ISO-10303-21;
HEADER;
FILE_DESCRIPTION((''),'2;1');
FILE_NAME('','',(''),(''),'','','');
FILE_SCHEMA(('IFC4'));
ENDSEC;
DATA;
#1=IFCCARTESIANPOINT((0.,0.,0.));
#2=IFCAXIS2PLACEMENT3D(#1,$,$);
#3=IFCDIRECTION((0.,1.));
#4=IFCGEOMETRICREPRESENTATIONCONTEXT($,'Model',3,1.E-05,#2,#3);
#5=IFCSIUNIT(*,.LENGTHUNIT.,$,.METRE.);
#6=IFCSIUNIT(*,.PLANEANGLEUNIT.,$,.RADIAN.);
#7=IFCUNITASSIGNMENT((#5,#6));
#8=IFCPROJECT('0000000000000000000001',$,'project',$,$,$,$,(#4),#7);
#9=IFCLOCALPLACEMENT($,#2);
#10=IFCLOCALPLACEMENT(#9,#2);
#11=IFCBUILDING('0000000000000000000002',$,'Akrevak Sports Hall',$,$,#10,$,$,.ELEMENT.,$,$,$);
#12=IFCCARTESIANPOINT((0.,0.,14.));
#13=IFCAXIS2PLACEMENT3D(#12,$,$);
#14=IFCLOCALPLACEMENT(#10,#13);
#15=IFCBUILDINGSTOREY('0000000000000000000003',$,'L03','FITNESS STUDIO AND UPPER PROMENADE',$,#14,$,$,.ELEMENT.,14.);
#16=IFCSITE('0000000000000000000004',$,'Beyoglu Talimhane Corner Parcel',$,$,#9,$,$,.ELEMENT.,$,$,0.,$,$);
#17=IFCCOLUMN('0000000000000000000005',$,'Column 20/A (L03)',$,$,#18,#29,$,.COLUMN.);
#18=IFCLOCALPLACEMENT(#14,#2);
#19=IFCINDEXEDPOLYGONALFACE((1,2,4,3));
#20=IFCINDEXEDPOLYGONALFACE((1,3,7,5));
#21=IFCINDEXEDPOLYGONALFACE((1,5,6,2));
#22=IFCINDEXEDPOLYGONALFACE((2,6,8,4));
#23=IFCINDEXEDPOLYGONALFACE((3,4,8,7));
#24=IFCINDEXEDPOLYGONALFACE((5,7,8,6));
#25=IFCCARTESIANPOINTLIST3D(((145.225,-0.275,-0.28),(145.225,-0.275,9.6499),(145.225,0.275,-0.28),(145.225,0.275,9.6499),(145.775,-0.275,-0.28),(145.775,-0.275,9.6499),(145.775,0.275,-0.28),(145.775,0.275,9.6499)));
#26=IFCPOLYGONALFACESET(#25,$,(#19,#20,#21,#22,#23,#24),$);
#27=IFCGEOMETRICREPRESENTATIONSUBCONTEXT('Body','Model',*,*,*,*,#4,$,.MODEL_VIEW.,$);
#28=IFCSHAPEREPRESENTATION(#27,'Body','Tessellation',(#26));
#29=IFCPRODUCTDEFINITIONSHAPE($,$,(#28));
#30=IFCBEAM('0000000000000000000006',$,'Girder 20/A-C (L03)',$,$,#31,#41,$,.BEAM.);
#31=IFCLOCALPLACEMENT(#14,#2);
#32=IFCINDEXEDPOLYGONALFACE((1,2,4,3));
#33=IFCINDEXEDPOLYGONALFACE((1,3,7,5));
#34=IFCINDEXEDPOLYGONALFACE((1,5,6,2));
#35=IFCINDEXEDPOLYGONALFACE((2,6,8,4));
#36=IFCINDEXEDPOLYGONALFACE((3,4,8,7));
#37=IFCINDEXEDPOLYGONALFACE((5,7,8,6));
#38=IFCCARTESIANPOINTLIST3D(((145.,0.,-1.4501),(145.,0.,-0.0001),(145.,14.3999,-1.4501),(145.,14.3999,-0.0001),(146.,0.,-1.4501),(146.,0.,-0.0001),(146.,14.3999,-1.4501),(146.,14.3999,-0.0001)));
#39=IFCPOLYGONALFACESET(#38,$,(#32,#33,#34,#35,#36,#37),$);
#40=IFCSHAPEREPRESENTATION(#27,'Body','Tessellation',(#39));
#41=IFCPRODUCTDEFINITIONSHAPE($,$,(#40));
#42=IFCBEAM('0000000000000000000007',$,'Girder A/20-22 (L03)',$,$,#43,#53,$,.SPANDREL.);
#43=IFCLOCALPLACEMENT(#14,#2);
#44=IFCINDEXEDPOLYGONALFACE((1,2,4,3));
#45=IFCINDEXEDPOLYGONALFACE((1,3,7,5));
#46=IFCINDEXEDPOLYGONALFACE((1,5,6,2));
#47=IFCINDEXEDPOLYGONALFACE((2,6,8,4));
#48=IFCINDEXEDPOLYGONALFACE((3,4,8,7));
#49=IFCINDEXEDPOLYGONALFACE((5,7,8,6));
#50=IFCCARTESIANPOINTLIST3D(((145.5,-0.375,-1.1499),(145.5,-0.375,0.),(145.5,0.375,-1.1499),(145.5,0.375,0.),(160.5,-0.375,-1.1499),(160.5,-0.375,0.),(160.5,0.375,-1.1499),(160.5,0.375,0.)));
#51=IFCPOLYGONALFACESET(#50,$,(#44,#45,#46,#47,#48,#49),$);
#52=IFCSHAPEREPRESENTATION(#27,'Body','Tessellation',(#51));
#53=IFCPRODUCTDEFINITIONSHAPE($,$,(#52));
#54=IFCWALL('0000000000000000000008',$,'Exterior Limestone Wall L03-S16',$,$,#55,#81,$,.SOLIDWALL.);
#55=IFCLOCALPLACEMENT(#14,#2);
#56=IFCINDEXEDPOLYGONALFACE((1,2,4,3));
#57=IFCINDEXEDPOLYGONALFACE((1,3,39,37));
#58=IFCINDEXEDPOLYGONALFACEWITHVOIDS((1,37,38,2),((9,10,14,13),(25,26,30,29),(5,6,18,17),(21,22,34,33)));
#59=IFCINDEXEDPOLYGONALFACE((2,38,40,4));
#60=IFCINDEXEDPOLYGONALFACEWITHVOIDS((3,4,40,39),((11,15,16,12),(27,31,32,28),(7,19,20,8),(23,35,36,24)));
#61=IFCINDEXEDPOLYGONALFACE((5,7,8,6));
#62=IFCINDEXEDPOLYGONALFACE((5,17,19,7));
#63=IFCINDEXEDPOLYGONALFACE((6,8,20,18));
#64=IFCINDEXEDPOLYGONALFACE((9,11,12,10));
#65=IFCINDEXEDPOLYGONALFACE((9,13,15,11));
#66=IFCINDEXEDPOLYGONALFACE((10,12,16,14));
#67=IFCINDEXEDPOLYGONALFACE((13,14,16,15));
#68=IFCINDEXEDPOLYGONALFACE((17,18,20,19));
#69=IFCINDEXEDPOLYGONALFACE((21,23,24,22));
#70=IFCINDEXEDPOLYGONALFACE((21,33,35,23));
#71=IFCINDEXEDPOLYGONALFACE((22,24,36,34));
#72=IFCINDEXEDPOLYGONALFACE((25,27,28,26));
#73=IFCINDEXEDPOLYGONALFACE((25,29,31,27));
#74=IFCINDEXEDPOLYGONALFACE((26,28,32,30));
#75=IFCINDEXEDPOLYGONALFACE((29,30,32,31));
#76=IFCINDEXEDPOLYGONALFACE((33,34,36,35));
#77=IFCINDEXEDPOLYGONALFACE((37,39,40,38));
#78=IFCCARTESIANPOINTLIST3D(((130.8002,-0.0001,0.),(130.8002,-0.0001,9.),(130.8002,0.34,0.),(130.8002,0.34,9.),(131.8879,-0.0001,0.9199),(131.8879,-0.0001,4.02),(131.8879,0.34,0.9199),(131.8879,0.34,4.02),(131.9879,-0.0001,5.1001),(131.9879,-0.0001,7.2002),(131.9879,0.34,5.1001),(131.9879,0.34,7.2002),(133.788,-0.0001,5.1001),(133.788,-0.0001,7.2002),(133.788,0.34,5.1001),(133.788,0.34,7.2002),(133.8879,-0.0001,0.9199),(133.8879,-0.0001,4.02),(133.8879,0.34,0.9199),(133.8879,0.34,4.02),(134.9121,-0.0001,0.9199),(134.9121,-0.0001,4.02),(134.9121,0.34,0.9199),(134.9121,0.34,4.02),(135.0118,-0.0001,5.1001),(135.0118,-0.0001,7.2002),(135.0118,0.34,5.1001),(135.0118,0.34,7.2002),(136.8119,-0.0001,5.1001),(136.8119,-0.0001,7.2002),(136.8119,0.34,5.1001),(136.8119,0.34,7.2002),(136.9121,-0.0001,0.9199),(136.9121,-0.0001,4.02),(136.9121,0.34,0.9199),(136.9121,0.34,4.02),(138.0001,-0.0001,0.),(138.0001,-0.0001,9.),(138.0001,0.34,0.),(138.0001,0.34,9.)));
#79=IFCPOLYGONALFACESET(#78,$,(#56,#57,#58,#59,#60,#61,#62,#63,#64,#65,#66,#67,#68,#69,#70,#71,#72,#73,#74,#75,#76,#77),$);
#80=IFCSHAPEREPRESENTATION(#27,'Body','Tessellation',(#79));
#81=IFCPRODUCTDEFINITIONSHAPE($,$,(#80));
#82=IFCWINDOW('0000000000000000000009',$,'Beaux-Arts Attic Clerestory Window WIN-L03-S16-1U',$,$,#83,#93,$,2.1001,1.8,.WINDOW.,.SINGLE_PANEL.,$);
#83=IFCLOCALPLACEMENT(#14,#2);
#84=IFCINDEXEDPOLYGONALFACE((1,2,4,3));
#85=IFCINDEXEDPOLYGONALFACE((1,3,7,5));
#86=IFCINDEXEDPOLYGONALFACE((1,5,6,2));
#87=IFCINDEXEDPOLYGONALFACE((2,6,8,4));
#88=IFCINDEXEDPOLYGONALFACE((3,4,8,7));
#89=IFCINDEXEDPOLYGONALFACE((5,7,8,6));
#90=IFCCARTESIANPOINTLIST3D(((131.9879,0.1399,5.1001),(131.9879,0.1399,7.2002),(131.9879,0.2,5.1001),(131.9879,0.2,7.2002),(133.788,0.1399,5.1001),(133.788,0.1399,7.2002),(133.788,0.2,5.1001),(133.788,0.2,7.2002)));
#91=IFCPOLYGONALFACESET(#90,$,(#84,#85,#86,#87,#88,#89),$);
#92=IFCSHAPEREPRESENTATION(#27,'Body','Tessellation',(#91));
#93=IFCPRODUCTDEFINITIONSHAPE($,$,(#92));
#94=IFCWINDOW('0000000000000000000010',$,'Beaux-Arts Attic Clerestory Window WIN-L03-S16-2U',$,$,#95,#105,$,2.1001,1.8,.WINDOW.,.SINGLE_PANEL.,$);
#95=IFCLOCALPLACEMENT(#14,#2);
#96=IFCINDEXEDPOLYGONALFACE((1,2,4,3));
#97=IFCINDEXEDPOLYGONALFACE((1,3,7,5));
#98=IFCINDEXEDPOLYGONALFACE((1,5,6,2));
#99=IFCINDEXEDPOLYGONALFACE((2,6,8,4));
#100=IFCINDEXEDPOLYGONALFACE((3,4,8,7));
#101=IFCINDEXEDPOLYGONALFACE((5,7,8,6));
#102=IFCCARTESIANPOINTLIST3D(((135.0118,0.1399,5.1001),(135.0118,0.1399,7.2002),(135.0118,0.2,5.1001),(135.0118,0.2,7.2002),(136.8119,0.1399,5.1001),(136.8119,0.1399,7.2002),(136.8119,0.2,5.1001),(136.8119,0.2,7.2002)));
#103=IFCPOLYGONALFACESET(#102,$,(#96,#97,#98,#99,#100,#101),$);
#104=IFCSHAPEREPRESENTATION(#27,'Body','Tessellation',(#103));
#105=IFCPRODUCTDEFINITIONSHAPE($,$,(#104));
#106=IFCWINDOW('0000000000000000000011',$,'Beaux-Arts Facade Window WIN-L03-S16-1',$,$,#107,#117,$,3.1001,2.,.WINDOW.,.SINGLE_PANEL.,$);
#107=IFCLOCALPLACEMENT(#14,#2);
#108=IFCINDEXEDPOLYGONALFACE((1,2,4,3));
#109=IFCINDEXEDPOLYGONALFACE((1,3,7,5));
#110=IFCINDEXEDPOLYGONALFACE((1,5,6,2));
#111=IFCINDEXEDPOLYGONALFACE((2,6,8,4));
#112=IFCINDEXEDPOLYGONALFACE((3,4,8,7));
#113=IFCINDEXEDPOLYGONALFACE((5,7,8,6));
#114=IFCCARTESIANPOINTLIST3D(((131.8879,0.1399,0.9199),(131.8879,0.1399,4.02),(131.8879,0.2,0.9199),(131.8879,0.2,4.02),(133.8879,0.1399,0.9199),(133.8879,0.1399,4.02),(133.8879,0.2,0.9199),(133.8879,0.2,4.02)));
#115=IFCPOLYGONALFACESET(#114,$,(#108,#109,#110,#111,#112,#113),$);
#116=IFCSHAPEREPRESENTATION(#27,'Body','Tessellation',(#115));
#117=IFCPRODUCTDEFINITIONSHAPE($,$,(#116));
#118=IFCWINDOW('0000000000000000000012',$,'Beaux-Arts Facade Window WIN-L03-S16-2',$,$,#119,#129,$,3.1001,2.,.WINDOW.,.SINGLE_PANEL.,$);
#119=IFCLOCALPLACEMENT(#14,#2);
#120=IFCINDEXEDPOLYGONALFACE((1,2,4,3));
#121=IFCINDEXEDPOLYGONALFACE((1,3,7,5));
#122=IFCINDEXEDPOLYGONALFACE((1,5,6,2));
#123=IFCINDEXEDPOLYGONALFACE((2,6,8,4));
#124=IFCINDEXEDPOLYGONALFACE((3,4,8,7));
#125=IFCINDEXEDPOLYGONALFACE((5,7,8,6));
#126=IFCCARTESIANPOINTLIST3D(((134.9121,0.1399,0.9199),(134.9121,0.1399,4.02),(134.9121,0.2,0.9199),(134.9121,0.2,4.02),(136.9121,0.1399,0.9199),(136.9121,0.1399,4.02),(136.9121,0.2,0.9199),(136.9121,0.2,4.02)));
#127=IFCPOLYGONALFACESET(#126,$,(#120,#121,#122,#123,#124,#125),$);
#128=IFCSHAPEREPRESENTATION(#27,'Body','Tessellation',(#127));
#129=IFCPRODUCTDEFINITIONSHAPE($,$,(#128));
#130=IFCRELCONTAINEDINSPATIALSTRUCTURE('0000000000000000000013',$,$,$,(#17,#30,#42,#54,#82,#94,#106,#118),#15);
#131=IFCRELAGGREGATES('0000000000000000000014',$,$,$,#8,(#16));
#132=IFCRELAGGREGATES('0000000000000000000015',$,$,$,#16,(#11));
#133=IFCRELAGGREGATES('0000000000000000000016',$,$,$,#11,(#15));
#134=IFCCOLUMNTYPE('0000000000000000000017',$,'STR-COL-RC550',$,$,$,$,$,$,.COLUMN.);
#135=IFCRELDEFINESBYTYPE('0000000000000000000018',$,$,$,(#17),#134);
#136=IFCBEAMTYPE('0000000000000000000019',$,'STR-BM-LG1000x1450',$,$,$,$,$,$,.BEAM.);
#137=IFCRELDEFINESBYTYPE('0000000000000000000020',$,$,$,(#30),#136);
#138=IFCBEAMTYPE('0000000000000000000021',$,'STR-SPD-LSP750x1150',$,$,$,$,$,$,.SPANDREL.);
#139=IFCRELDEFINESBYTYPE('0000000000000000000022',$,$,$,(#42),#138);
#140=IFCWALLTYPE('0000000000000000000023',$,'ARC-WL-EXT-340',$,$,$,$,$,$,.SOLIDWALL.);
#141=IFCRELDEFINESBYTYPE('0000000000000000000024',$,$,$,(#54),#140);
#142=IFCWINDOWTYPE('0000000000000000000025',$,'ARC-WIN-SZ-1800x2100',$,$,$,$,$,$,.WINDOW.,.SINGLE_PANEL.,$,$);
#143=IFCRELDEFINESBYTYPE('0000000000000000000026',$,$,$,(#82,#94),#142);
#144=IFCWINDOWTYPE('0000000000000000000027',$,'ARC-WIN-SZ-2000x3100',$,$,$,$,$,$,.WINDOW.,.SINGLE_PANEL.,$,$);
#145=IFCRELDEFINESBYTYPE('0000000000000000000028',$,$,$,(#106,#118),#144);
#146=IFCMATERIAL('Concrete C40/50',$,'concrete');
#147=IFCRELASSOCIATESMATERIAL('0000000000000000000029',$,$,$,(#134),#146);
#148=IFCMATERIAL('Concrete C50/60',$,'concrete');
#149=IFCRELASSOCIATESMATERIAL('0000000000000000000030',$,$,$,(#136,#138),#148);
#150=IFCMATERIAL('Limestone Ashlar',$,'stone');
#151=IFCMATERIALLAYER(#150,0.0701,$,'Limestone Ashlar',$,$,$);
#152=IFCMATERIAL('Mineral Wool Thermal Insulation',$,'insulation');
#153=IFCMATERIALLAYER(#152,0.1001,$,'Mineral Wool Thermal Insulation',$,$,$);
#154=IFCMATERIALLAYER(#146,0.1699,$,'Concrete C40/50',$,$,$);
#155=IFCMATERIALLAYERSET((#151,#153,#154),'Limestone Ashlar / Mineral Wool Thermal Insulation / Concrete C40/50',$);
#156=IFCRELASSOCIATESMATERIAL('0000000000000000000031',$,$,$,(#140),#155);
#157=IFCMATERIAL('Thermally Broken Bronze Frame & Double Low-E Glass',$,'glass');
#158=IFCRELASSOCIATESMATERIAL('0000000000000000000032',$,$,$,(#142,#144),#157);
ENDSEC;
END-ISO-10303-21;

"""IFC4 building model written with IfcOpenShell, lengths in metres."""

from ifc_helpers import new_model, si_unit, direction, frame, frame_2d, origin, origin_2d, place, context, subcontext, project, spatial, rectangle, extrude, material, layer, layer_set, material_profile, profile_set, type_object, element, fill, save


model = new_model("IFC4")

# Units and contexts
model_context = context("Model", 3, precision=1e-05, world=origin(), true_north=direction((0.0, 1.0)))
body_context = subcontext(model_context, "Body", "Model", "MODEL_VIEW")
ifc_project = project(units=[si_unit("LENGTHUNIT", "METRE"), si_unit("PLANEANGLEUNIT", "RADIAN")], contexts=[model_context])

# Site, building, storey
site_placement = place(None, origin())
site = spatial("IfcSite", under=ifc_project, at=site_placement, Name="Beyoglu Talimhane Corner Parcel", CompositionType="ELEMENT", RefElevation=0.0)
building_placement = place(site_placement, origin())
building = spatial("IfcBuilding", under=site, at=building_placement, Name="Akrevak Sports Hall", CompositionType="ELEMENT")
storey_placement = place(building_placement, frame((0.0, 0.0, 14.0)))
storey = spatial("IfcBuildingStorey", under=building, at=storey_placement, Name="L03", Description="FITNESS STUDIO AND UPPER PROMENADE", CompositionType="ELEMENT", Elevation=14.0)

# Column
ifc_material_1 = material(Name="Concrete C40/50", Category="concrete")
ifc_material_profile_1 = material_profile(ifc_material_1, rectangle(XDim=0.55, YDim=0.55, at=origin_2d()), Name="RC 550x550", Category="concrete")
ifc_profile_set_1 = profile_set([ifc_material_profile_1], Name="Concrete C40/50")
column_type = type_object("IfcColumnType", Name="STR-COL-RC550", PredefinedType="COLUMN", material=ifc_profile_set_1)
column_placement = place(storey_placement, frame((145.5, 0.0, -0.28), z_axis=(0.0, 0.0, 1.0), x_axis=(1.0, 0.0, 0.0)))
element("IfcColumn", 1, at=column_placement, inside=storey, type_object=column_type, Name="Column 20/A (L03)", PredefinedType="COLUMN", context=body_context, shape_type="SweptSolid", body=[
    extrude(rectangle(XDim=0.55, YDim=0.55, at=origin_2d()), origin(), (0.0, 0.0, 1.0), 9.9299),
])

# Beams
ifc_material_2 = material(Name="Concrete C50/60", Category="concrete")
ifc_material_profile_2 = material_profile(ifc_material_2, rectangle(XDim=1.0, YDim=1.45, at=origin_2d()), Name="BM 1000x1450", Category="concrete")
ifc_profile_set_2 = profile_set([ifc_material_profile_2], Name="Concrete C50/60")
beam_type_1 = type_object("IfcBeamType", Name="STR-BM-LG1000x1450", PredefinedType="BEAM", material=ifc_profile_set_2)
beam_1_placement = place(storey_placement, frame((145.5, 0.0, -0.7251), z_axis=(0.0, 1.0, 0.0), x_axis=(-1.0, 0.0, 0.0)))
element("IfcBeam", 2, at=beam_1_placement, inside=storey, type_object=beam_type_1, Name="Girder 20/A-C (L03)", PredefinedType="BEAM", context=body_context, shape_type="SweptSolid", body=[
    extrude(rectangle(XDim=1.0, YDim=1.45, at=origin_2d()), origin(), (0.0, 0.0, 1.0), 14.3999),
])
ifc_material_profile_3 = material_profile(ifc_material_2, rectangle(XDim=0.75, YDim=1.1499, at=origin_2d()), Name="SPD 750x1150", Category="concrete")
ifc_profile_set_3 = profile_set([ifc_material_profile_3], Name="Concrete C50/60")
beam_type_2 = type_object("IfcBeamType", Name="STR-SPD-LSP750x1150", PredefinedType="SPANDREL", material=ifc_profile_set_3)
beam_2_placement = place(storey_placement, frame((145.5, 0.0, -0.575), z_axis=(1.0, 0.0, 0.0), x_axis=(0.0, 1.0, 0.0)))
element("IfcBeam", 3, at=beam_2_placement, inside=storey, type_object=beam_type_2, Name="Girder A/20-22 (L03)", PredefinedType="SPANDREL", context=body_context, shape_type="SweptSolid", body=[
    extrude(rectangle(XDim=0.75, YDim=1.1499, at=origin_2d()), origin(), (0.0, 0.0, 1.0), 15.0),
])

# Wall, openings, windows
ifc_material_3 = material(Name="Limestone Ashlar", Category="stone")
ifc_layer_1 = layer(ifc_material_3, 0.0701, Name="Limestone Ashlar")
ifc_material_4 = material(Name="Mineral Wool Thermal Insulation", Category="insulation")
ifc_layer_2 = layer(ifc_material_4, 0.1001, Name="Mineral Wool Thermal Insulation")
ifc_layer_3 = layer(ifc_material_1, 0.1699, Name="Concrete C40/50")
ifc_layer_set_1 = layer_set([ifc_layer_1, ifc_layer_2, ifc_layer_3], Name="Limestone Ashlar / Mineral Wool Thermal Insulation / Concrete C40/50")
wall_type_1 = type_object("IfcWallType", Name="ARC-WL-EXT-340", PredefinedType="SOLIDWALL", material=ifc_layer_set_1)
wall_1_placement = place(storey_placement, frame((130.8, 0.1699, 0.0), z_axis=(0.0, 0.0, 1.0), x_axis=(1.0, 0.0, 0.0)))
wall_1 = element("IfcWall", 4, at=wall_1_placement, inside=storey, type_object=wall_type_1, Name="Exterior Limestone Wall L03-S16", PredefinedType="SOLIDWALL", context=body_context, shape_type="SweptSolid", body=[
    extrude(rectangle(XDim=7.2, YDim=0.3401, at=frame_2d((3.6001, 0.0))), origin(), (0.0, 0.0, 1.0), 9.0),
])
opening_1_placement = place(wall_1_placement, frame((1.0879, 0.0, 0.9199)))
opening_1 = element("IfcOpeningElement", 5, at=opening_1_placement, cuts=wall_1, PredefinedType="OPENING", context=body_context, shape_type="SweptSolid", body=[
    extrude(rectangle(XDim=2.0, YDim=3.1001, at=frame_2d((1.0, 1.55))), frame((0.0, 0.1821, 0.0), z_axis=(0.0, -1.0, 0.0), x_axis=(1.0, 0.0, 0.0)), (0.0, 0.0, 1.0), 0.364),
])
opening_2_placement = place(wall_1_placement, frame((1.188, 0.0, 5.1001)))
opening_2 = element("IfcOpeningElement", 6, at=opening_2_placement, cuts=wall_1, PredefinedType="OPENING", context=body_context, shape_type="SweptSolid", body=[
    extrude(rectangle(XDim=1.8, YDim=2.1001, at=frame_2d((0.8999, 1.05))), frame((0.0, 0.1821, 0.0), z_axis=(0.0, -1.0, 0.0), x_axis=(1.0, 0.0, 0.0)), (0.0, 0.0, 1.0), 0.364),
])
opening_3_placement = place(wall_1_placement, frame((4.1121, 0.0, 0.9199)))
opening_3 = element("IfcOpeningElement", 7, at=opening_3_placement, cuts=wall_1, PredefinedType="OPENING", context=body_context, shape_type="SweptSolid", body=[
    extrude(rectangle(XDim=2.0, YDim=3.1001, at=frame_2d((1.0, 1.55))), frame((0.0, 0.1821, 0.0), z_axis=(0.0, -1.0, 0.0), x_axis=(1.0, 0.0, 0.0)), (0.0, 0.0, 1.0), 0.364),
])
opening_4_placement = place(wall_1_placement, frame((4.2119, 0.0, 5.1001)))
opening_4 = element("IfcOpeningElement", 8, at=opening_4_placement, cuts=wall_1, PredefinedType="OPENING", context=body_context, shape_type="SweptSolid", body=[
    extrude(rectangle(XDim=1.8, YDim=2.1001, at=frame_2d((0.8999, 1.05))), frame((0.0, 0.1821, 0.0), z_axis=(0.0, -1.0, 0.0), x_axis=(1.0, 0.0, 0.0)), (0.0, 0.0, 1.0), 0.364),
])
ifc_material_5 = material(Name="Thermally Broken Bronze Frame & Double Low-E Glass", Category="glass")
window_type_1 = type_object("IfcWindowType", Name="ARC-WIN-SZ-1800x2100", PartitioningType="SINGLE_PANEL", PredefinedType="WINDOW", material=ifc_material_5)
window_1_placement = place(opening_2_placement, origin())
window_1 = element("IfcWindow", 9, at=window_1_placement, inside=storey, type_object=window_type_1, Name="Beaux-Arts Attic Clerestory Window WIN-L03-S16-1U", OverallHeight=2.1001, OverallWidth=1.8, PartitioningType="SINGLE_PANEL", PredefinedType="WINDOW", context=body_context, shape_type="SweptSolid", body=[
    extrude(rectangle(XDim=1.8, YDim=2.1001, at=frame_2d((0.8999, 1.05))), frame((0.0, 0.03, 0.0), z_axis=(0.0, -1.0, 0.0), x_axis=(1.0, 0.0, 0.0)), (0.0, 0.0, 1.0), 0.0601),
])
fill(opening_2, window_1)
window_2_placement = place(opening_4_placement, origin())
window_2 = element("IfcWindow", 10, at=window_2_placement, inside=storey, type_object=window_type_1, Name="Beaux-Arts Attic Clerestory Window WIN-L03-S16-2U", OverallHeight=2.1001, OverallWidth=1.8, PartitioningType="SINGLE_PANEL", PredefinedType="WINDOW", context=body_context, shape_type="SweptSolid", body=[
    extrude(rectangle(XDim=1.8, YDim=2.1001, at=frame_2d((0.8999, 1.05))), frame((0.0, 0.03, 0.0), z_axis=(0.0, -1.0, 0.0), x_axis=(1.0, 0.0, 0.0)), (0.0, 0.0, 1.0), 0.0601),
])
fill(opening_4, window_2)
window_type_2 = type_object("IfcWindowType", Name="ARC-WIN-SZ-2000x3100", PartitioningType="SINGLE_PANEL", PredefinedType="WINDOW", material=ifc_material_5)
window_3_placement = place(opening_1_placement, origin())
window_3 = element("IfcWindow", 11, at=window_3_placement, inside=storey, type_object=window_type_2, Name="Beaux-Arts Facade Window WIN-L03-S16-1", OverallHeight=3.1001, OverallWidth=2.0, PartitioningType="SINGLE_PANEL", PredefinedType="WINDOW", context=body_context, shape_type="SweptSolid", body=[
    extrude(rectangle(XDim=2.0, YDim=3.1001, at=frame_2d((1.0, 1.55))), frame((0.0, 0.03, 0.0), z_axis=(0.0, -1.0, 0.0), x_axis=(1.0, 0.0, 0.0)), (0.0, 0.0, 1.0), 0.0601),
])
fill(opening_1, window_3)
window_4_placement = place(opening_3_placement, origin())
window_4 = element("IfcWindow", 12, at=window_4_placement, inside=storey, type_object=window_type_2, Name="Beaux-Arts Facade Window WIN-L03-S16-2", OverallHeight=3.1001, OverallWidth=2.0, PartitioningType="SINGLE_PANEL", PredefinedType="WINDOW", context=body_context, shape_type="SweptSolid", body=[
    extrude(rectangle(XDim=2.0, YDim=3.1001, at=frame_2d((1.0, 1.55))), frame((0.0, 0.03, 0.0), z_axis=(0.0, -1.0, 0.0), x_axis=(1.0, 0.0, 0.0)), (0.0, 0.0, 1.0), 0.0601),
])
fill(opening_3, window_4)

save(model, "model.ifc")
